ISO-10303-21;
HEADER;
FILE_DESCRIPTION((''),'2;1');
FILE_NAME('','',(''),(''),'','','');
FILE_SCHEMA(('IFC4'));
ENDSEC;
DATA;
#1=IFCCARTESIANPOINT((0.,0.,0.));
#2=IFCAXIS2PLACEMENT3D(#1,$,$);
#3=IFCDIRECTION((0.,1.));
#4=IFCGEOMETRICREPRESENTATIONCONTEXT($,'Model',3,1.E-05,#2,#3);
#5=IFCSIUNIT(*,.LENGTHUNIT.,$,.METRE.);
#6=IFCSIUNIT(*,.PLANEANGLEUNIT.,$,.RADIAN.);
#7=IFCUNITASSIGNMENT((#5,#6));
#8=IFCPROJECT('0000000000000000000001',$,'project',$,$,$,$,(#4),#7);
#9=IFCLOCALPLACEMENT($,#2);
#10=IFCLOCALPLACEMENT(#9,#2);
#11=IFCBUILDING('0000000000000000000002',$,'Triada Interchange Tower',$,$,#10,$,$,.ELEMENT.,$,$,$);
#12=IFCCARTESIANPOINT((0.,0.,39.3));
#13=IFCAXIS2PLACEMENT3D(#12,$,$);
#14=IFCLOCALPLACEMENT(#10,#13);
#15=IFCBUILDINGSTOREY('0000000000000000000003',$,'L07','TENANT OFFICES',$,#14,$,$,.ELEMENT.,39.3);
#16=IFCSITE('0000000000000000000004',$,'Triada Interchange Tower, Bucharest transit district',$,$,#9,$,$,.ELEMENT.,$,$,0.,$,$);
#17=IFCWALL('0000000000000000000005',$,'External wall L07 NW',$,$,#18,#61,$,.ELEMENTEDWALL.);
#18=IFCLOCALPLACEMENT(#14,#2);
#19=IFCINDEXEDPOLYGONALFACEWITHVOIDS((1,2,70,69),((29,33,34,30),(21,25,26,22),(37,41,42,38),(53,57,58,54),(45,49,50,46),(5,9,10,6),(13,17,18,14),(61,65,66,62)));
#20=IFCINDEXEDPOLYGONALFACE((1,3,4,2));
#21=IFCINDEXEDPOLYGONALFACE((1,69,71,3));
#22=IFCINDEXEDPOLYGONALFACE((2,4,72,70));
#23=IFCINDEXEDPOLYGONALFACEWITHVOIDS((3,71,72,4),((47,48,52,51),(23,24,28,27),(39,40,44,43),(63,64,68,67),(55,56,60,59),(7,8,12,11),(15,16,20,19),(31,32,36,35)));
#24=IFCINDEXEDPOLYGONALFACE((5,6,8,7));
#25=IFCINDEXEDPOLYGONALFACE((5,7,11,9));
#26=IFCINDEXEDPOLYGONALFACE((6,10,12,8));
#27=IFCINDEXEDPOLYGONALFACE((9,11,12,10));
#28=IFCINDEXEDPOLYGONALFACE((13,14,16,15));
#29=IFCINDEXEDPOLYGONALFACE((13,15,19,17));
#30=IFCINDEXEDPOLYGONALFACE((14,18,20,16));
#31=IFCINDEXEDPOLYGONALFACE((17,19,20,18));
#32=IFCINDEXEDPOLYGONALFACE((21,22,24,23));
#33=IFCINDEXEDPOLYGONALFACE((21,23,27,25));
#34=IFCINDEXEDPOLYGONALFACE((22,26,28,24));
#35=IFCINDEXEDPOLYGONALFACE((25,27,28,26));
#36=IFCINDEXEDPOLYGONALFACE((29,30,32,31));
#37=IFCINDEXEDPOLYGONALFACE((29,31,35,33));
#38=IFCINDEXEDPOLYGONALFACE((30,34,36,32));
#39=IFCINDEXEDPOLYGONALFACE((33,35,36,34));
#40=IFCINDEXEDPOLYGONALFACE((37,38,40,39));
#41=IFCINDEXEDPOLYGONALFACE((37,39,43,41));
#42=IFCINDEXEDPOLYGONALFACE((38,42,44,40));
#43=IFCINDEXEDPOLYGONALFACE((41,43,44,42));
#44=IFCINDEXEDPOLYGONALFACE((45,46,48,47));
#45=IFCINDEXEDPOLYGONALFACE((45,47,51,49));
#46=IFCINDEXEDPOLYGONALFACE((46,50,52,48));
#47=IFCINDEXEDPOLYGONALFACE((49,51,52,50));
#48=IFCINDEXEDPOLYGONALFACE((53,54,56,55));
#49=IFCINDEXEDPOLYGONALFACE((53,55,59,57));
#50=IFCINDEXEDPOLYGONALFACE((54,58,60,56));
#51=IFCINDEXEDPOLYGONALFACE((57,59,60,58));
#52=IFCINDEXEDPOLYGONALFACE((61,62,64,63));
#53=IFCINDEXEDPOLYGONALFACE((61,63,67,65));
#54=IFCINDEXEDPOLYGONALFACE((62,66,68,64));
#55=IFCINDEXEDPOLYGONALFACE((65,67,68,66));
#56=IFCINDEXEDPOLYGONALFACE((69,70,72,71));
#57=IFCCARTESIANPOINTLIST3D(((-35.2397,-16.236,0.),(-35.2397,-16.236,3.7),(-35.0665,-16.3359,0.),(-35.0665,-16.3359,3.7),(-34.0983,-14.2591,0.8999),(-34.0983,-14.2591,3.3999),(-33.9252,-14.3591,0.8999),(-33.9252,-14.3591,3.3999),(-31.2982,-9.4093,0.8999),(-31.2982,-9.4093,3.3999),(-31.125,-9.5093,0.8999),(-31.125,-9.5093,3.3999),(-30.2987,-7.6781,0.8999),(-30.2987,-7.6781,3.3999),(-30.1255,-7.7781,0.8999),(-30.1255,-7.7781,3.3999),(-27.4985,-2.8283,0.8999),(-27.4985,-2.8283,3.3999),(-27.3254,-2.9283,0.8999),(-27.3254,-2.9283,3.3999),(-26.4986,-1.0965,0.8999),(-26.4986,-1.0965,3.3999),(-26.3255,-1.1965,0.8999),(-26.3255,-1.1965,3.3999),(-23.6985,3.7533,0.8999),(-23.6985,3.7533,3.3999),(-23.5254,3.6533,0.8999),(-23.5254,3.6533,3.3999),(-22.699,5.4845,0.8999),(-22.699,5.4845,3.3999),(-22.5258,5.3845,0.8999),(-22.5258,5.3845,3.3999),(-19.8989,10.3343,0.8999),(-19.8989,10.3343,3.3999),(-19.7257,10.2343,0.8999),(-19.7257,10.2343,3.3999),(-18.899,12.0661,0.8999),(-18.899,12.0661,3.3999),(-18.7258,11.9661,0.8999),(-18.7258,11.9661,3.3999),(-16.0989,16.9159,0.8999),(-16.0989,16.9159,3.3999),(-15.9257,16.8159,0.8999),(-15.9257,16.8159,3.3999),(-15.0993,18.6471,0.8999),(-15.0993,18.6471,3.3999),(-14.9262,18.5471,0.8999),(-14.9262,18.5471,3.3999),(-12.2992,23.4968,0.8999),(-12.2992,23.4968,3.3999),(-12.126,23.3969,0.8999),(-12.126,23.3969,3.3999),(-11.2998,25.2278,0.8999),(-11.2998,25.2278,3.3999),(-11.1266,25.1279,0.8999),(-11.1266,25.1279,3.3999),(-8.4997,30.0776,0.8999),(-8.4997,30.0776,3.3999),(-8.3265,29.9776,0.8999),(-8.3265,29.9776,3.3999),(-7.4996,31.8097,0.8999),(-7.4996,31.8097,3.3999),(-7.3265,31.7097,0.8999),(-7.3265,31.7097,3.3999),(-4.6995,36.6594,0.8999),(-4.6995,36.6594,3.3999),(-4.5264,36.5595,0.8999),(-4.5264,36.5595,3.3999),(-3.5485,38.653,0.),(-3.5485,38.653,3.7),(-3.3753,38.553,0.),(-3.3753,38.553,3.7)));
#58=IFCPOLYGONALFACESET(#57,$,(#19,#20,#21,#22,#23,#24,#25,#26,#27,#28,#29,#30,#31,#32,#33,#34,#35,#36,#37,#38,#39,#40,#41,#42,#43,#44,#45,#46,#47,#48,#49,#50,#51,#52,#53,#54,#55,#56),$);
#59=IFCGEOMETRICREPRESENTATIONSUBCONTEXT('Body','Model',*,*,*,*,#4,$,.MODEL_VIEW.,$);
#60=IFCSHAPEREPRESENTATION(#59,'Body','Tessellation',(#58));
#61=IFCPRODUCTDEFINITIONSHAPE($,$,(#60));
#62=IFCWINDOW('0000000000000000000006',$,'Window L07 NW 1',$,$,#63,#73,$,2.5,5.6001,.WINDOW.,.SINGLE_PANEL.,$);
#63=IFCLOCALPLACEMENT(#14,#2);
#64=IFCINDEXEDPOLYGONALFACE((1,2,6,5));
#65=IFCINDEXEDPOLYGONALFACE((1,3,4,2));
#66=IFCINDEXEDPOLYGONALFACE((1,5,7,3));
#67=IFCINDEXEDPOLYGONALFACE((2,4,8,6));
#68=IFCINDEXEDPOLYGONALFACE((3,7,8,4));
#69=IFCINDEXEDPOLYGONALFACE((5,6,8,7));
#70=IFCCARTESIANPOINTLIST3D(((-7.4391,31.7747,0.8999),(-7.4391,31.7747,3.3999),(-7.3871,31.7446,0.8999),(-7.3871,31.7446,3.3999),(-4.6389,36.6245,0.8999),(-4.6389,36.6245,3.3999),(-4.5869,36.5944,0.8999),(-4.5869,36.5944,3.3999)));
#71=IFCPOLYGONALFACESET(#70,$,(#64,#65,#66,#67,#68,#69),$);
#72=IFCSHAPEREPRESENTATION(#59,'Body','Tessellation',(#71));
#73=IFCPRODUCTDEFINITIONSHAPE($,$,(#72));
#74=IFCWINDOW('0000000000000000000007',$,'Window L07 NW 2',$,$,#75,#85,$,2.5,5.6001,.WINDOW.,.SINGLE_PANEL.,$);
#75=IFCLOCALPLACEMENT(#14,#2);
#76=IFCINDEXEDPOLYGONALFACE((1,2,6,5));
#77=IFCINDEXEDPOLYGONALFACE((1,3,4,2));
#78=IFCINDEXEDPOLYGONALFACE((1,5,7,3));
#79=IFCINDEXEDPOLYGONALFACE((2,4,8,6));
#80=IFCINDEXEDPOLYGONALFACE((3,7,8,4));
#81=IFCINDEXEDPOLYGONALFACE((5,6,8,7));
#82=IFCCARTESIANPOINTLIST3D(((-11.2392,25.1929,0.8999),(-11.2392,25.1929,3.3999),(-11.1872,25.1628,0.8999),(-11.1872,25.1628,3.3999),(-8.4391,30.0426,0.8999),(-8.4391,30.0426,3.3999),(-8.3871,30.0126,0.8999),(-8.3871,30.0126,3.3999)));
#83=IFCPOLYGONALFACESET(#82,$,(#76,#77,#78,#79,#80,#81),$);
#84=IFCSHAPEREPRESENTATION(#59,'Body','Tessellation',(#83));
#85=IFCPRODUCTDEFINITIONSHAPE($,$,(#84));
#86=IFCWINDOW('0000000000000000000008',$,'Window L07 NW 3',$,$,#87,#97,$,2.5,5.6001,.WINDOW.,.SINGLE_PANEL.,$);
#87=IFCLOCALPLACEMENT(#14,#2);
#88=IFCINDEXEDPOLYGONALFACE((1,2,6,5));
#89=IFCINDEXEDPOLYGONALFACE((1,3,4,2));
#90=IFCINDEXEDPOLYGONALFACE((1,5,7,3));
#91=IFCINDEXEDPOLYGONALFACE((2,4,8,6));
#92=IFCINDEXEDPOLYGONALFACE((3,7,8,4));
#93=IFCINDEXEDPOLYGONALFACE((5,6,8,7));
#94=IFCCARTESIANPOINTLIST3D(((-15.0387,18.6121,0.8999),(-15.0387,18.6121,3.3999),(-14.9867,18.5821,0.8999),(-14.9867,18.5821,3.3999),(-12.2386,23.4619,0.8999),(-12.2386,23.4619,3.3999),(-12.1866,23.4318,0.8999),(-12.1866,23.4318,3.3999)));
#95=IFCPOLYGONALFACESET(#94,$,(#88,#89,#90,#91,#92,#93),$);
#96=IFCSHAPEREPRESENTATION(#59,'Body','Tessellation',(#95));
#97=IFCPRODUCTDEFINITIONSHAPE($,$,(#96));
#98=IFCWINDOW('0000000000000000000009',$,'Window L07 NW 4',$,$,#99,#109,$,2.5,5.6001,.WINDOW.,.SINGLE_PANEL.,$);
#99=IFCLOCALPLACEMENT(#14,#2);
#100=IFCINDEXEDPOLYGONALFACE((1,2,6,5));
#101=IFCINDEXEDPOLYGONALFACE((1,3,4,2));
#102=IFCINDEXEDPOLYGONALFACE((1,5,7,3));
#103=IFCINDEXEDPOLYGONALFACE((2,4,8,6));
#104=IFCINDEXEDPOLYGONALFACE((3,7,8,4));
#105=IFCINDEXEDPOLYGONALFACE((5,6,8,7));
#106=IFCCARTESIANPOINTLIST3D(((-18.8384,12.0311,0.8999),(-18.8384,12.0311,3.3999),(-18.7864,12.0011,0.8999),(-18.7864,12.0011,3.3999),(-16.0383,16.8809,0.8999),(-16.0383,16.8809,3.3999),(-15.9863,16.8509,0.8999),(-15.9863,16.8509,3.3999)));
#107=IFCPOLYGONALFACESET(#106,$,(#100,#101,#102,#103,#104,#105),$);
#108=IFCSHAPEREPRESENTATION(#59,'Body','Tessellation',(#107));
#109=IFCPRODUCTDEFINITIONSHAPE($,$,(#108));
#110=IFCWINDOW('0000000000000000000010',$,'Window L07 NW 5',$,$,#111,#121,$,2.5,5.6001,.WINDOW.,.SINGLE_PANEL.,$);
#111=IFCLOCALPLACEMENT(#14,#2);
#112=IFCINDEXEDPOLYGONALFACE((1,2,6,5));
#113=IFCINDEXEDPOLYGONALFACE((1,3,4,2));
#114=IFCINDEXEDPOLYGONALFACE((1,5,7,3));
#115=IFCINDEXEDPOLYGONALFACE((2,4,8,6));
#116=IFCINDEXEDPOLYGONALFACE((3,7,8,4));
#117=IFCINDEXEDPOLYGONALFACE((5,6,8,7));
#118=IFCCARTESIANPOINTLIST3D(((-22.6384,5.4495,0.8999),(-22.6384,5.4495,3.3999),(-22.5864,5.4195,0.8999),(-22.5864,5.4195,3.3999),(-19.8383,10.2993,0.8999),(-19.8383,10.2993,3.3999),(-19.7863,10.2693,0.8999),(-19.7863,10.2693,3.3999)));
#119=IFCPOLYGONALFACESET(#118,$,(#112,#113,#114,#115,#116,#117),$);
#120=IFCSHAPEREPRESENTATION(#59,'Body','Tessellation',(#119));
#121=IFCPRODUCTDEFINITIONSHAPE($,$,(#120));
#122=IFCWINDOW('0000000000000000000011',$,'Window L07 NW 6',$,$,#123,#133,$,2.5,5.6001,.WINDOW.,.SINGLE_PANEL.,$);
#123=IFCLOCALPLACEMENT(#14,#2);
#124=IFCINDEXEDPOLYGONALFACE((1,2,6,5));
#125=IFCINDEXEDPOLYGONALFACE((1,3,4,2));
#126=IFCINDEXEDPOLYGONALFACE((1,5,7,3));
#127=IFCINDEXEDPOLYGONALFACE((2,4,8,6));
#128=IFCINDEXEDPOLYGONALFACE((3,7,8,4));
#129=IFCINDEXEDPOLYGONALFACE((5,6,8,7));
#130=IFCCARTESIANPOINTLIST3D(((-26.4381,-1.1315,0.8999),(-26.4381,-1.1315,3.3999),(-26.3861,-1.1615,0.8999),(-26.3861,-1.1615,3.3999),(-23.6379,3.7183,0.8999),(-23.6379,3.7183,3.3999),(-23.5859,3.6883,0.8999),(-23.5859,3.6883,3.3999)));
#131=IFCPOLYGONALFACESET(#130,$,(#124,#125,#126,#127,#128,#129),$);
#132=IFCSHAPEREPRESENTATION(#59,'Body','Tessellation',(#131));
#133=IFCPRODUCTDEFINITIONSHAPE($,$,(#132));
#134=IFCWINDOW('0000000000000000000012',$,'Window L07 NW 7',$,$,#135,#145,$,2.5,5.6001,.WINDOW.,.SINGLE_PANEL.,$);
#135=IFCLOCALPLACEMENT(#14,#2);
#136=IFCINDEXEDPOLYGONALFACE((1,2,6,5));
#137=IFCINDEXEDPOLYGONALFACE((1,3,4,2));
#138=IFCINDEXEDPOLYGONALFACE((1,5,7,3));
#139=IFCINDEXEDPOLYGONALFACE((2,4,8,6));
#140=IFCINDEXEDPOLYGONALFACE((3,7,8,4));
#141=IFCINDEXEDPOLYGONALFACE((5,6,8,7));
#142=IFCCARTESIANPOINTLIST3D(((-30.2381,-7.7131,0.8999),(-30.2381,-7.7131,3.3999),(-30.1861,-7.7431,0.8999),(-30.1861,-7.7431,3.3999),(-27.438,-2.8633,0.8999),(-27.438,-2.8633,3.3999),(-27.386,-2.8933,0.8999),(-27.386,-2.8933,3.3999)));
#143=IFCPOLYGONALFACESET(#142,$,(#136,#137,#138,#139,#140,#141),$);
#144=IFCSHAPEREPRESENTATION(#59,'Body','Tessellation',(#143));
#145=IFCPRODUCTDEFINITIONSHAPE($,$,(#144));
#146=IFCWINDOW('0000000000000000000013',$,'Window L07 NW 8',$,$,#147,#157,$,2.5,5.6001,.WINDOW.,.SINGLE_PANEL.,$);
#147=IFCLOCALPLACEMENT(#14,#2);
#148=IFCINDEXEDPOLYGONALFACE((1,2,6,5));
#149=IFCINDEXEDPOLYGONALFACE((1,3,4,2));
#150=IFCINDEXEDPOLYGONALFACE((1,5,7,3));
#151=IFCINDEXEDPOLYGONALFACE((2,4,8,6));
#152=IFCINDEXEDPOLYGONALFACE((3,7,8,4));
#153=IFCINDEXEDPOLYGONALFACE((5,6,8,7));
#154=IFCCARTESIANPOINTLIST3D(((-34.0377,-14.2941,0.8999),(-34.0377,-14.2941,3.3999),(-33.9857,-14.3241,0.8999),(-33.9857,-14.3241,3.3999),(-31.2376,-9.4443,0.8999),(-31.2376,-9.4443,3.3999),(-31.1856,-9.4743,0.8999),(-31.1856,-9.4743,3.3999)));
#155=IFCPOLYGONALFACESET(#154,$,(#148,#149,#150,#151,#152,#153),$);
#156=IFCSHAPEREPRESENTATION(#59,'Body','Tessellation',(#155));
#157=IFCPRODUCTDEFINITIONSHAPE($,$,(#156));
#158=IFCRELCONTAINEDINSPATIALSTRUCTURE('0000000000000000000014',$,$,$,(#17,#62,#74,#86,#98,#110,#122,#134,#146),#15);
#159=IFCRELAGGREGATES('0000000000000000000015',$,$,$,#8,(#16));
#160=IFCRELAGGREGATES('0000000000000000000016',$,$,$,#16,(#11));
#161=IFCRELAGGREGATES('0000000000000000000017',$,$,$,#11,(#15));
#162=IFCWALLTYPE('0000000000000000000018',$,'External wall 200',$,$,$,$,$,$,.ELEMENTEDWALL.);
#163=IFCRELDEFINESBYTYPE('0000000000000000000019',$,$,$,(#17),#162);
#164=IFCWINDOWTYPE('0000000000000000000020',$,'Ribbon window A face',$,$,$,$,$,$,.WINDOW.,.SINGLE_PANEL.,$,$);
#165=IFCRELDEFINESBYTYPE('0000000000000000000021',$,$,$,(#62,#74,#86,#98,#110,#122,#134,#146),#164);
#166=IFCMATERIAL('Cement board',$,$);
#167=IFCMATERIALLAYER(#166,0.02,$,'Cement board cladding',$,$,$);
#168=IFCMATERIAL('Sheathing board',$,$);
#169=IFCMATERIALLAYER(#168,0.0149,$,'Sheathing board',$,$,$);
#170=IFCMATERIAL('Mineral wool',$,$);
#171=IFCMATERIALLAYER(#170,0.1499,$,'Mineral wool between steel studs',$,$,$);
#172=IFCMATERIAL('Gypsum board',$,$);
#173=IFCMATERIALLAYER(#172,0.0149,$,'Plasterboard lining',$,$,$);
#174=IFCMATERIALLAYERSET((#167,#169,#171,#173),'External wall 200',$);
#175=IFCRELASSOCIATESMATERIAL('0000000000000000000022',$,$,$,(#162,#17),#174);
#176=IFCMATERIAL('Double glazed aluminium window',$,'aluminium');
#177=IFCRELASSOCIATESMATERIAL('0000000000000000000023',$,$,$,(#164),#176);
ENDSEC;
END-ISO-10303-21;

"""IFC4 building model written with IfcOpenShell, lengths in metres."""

from ifc_helpers import new_model, si_unit, direction, frame, frame_2d, origin, place, context, subcontext, project, spatial, rectangle, extrude, material, layer, layer_set, layer_usage, type_object, element, fill, save


model = new_model("IFC4")

# Units and contexts
model_context = context("Model", 3, precision=1e-05, world=origin(), true_north=direction((0.0, 1.0)))
body_context = subcontext(model_context, "Body", "Model", "MODEL_VIEW")
ifc_project = project(units=[si_unit("LENGTHUNIT", "METRE"), si_unit("PLANEANGLEUNIT", "RADIAN")], contexts=[model_context])

# Site, building, storey
site_placement = place(None, origin())
site = spatial("IfcSite", under=ifc_project, at=site_placement, Name="Triada Interchange Tower, Bucharest transit district", CompositionType="ELEMENT", RefElevation=0.0)
building_placement = place(site_placement, origin())
building = spatial("IfcBuilding", under=site, at=building_placement, Name="Triada Interchange Tower", CompositionType="ELEMENT")
storey_placement = place(building_placement, frame((0.0, 0.0, 39.3)))
storey = spatial("IfcBuildingStorey", under=building, at=storey_placement, Name="L07", Description="TENANT OFFICES", CompositionType="ELEMENT", Elevation=39.3)

# Wall, openings, windows
ifc_material_1 = material(Name="Cement board")
ifc_layer_1 = layer(ifc_material_1, 0.02, Name="Cement board cladding")
ifc_material_2 = material(Name="Sheathing board")
ifc_layer_2 = layer(ifc_material_2, 0.0149, Name="Sheathing board")
ifc_material_3 = material(Name="Mineral wool")
ifc_layer_3 = layer(ifc_material_3, 0.1499, Name="Mineral wool between steel studs")
ifc_material_4 = material(Name="Gypsum board")
ifc_layer_4 = layer(ifc_material_4, 0.0149, Name="Plasterboard lining")
ifc_layer_set_1 = layer_set([ifc_layer_1, ifc_layer_2, ifc_layer_3, ifc_layer_4], Name="External wall 200")
ifc_layer_usage = layer_usage(ifc_layer_set_1, "AXIS2", "POSITIVE", -0.1001)
wall_type_1 = type_object("IfcWallType", Name="External wall 200", PredefinedType="ELEMENTEDWALL", material=ifc_layer_set_1)
wall_1_placement = place(storey_placement, frame((-3.4619, 38.603, 0.0), z_axis=(0.0, 0.0, 1.0), x_axis=(-0.500012, -0.866018, 0.0)))
wall_1 = element("IfcWall", 1, at=wall_1_placement, inside=storey, type_object=wall_type_1, material=ifc_layer_usage, Name="External wall L07 NW", PredefinedType="ELEMENTEDWALL", context=body_context, shape_type="SweptSolid", body=[
    extrude(rectangle(XDim=63.3809, YDim=0.2, at=frame_2d((31.6904, 0.0))), origin(), (0.0, 0.0, 1.0), 3.7),
])
opening_1_placement = place(wall_1_placement, frame((2.302, 0.0, 0.8999)))
opening_1 = element("IfcOpeningElement", 2, at=opening_1_placement, cuts=wall_1, PredefinedType="OPENING", context=body_context, shape_type="SweptSolid", body=[
    extrude(rectangle(XDim=5.6001, YDim=2.5, at=frame_2d((2.8, 1.25))), frame((0.0, 0.1099, 0.0), z_axis=(0.0, -1.0, 0.0), x_axis=(1.0, 0.0, 0.0)), (0.0, 0.0, 1.0), 0.22),
])
opening_2_placement = place(wall_1_placement, frame((9.9021, 0.0, 0.8999)))
opening_2 = element("IfcOpeningElement", 3, at=opening_2_placement, cuts=wall_1, PredefinedType="OPENING", context=body_context, shape_type="SweptSolid", body=[
    extrude(rectangle(XDim=5.6001, YDim=2.5, at=frame_2d((2.8, 1.25))), frame((0.0, 0.1099, 0.0), z_axis=(0.0, -1.0, 0.0), x_axis=(1.0, 0.0, 0.0)), (0.0, 0.0, 1.0), 0.22),
])
opening_3_placement = place(wall_1_placement, frame((17.501, 0.0, 0.8999)))
opening_3 = element("IfcOpeningElement", 4, at=opening_3_placement, cuts=wall_1, PredefinedType="OPENING", context=body_context, shape_type="SweptSolid", body=[
    extrude(rectangle(XDim=5.6001, YDim=2.5, at=frame_2d((2.8, 1.25))), frame((0.0, 0.1099, 0.0), z_axis=(0.0, -1.0, 0.0), x_axis=(1.0, 0.0, 0.0)), (0.0, 0.0, 1.0), 0.22),
])
opening_4_placement = place(wall_1_placement, frame((25.1001, 0.0, 0.8999)))
opening_4 = element("IfcOpeningElement", 5, at=opening_4_placement, cuts=wall_1, PredefinedType="OPENING", context=body_context, shape_type="SweptSolid", body=[
    extrude(rectangle(XDim=5.6001, YDim=2.5, at=frame_2d((2.8, 1.25))), frame((0.0, 0.1099, 0.0), z_axis=(0.0, -1.0, 0.0), x_axis=(1.0, 0.0, 0.0)), (0.0, 0.0, 1.0), 0.22),
])
opening_5_placement = place(wall_1_placement, frame((32.7, 0.0, 0.8999)))
opening_5 = element("IfcOpeningElement", 6, at=opening_5_placement, cuts=wall_1, PredefinedType="OPENING", context=body_context, shape_type="SweptSolid", body=[
    extrude(rectangle(XDim=5.6001, YDim=2.5, at=frame_2d((2.8, 1.25))), frame((0.0, 0.1099, 0.0), z_axis=(0.0, -1.0, 0.0), x_axis=(1.0, 0.0, 0.0)), (0.0, 0.0, 1.0), 0.22),
])
opening_6_placement = place(wall_1_placement, frame((40.2991, 0.0, 0.8999)))
opening_6 = element("IfcOpeningElement", 7, at=opening_6_placement, cuts=wall_1, PredefinedType="OPENING", context=body_context, shape_type="SweptSolid", body=[
    extrude(rectangle(XDim=5.6001, YDim=2.5, at=frame_2d((2.8, 1.25))), frame((0.0, 0.1099, 0.0), z_axis=(0.0, -1.0, 0.0), x_axis=(1.0, 0.0, 0.0)), (0.0, 0.0, 1.0), 0.22),
])
opening_7_placement = place(wall_1_placement, frame((47.8989, 0.0, 0.8999)))
opening_7 = element("IfcOpeningElement", 8, at=opening_7_placement, cuts=wall_1, PredefinedType="OPENING", context=body_context, shape_type="SweptSolid", body=[
    extrude(rectangle(XDim=5.6001, YDim=2.5, at=frame_2d((2.8, 1.25))), frame((0.0, 0.1099, 0.0), z_axis=(0.0, -1.0, 0.0), x_axis=(1.0, 0.0, 0.0)), (0.0, 0.0, 1.0), 0.22),
])
opening_8_placement = place(wall_1_placement, frame((55.498, 0.0, 0.8999)))
opening_8 = element("IfcOpeningElement", 9, at=opening_8_placement, cuts=wall_1, PredefinedType="OPENING", context=body_context, shape_type="SweptSolid", body=[
    extrude(rectangle(XDim=5.6001, YDim=2.5, at=frame_2d((2.8, 1.25))), frame((0.0, 0.1099, 0.0), z_axis=(0.0, -1.0, 0.0), x_axis=(1.0, 0.0, 0.0)), (0.0, 0.0, 1.0), 0.22),
])
ifc_material_5 = material(Name="Double glazed aluminium window", Category="aluminium")
window_type = type_object("IfcWindowType", Name="Ribbon window A face", PartitioningType="SINGLE_PANEL", PredefinedType="WINDOW", material=ifc_material_5)
window_1_placement = place(opening_1_placement, origin())
window_1 = element("IfcWindow", 10, at=window_1_placement, inside=storey, type_object=window_type, Name="Window L07 NW 1", OverallHeight=2.5, OverallWidth=5.6001, PartitioningType="SINGLE_PANEL", PredefinedType="WINDOW", context=body_context, shape_type="SweptSolid", body=[
    extrude(rectangle(XDim=5.6001, YDim=2.5, at=frame_2d((2.8, 1.25))), frame((0.0, 0.03, 0.0), z_axis=(0.0, -1.0, 0.0), x_axis=(1.0, 0.0, 0.0)), (0.0, 0.0, 1.0), 0.0601),
])
fill(opening_1, window_1)
window_2_placement = place(opening_2_placement, origin())
window_2 = element("IfcWindow", 11, at=window_2_placement, inside=storey, type_object=window_type, Name="Window L07 NW 2", OverallHeight=2.5, OverallWidth=5.6001, PartitioningType="SINGLE_PANEL", PredefinedType="WINDOW", context=body_context, shape_type="SweptSolid", body=[
    extrude(rectangle(XDim=5.6001, YDim=2.5, at=frame_2d((2.8, 1.25))), frame((0.0, 0.03, 0.0), z_axis=(0.0, -1.0, 0.0), x_axis=(1.0, 0.0, 0.0)), (0.0, 0.0, 1.0), 0.0601),
])
fill(opening_2, window_2)
window_3_placement = place(opening_3_placement, origin())
window_3 = element("IfcWindow", 12, at=window_3_placement, inside=storey, type_object=window_type, Name="Window L07 NW 3", OverallHeight=2.5, OverallWidth=5.6001, PartitioningType="SINGLE_PANEL", PredefinedType="WINDOW", context=body_context, shape_type="SweptSolid", body=[
    extrude(rectangle(XDim=5.6001, YDim=2.5, at=frame_2d((2.8, 1.25))), frame((0.0, 0.03, 0.0), z_axis=(0.0, -1.0, 0.0), x_axis=(1.0, 0.0, 0.0)), (0.0, 0.0, 1.0), 0.0601),
])
fill(opening_3, window_3)
window_4_placement = place(opening_4_placement, origin())
window_4 = element("IfcWindow", 13, at=window_4_placement, inside=storey, type_object=window_type, Name="Window L07 NW 4", OverallHeight=2.5, OverallWidth=5.6001, PartitioningType="SINGLE_PANEL", PredefinedType="WINDOW", context=body_context, shape_type="SweptSolid", body=[
    extrude(rectangle(XDim=5.6001, YDim=2.5, at=frame_2d((2.8, 1.25))), frame((0.0, 0.03, 0.0), z_axis=(0.0, -1.0, 0.0), x_axis=(1.0, 0.0, 0.0)), (0.0, 0.0, 1.0), 0.0601),
])
fill(opening_4, window_4)
window_5_placement = place(opening_5_placement, origin())
window_5 = element("IfcWindow", 14, at=window_5_placement, inside=storey, type_object=window_type, Name="Window L07 NW 5", OverallHeight=2.5, OverallWidth=5.6001, PartitioningType="SINGLE_PANEL", PredefinedType="WINDOW", context=body_context, shape_type="SweptSolid", body=[
    extrude(rectangle(XDim=5.6001, YDim=2.5, at=frame_2d((2.8, 1.25))), frame((0.0, 0.03, 0.0), z_axis=(0.0, -1.0, 0.0), x_axis=(1.0, 0.0, 0.0)), (0.0, 0.0, 1.0), 0.0601),
])
fill(opening_5, window_5)
window_6_placement = place(opening_6_placement, origin())
window_6 = element("IfcWindow", 15, at=window_6_placement, inside=storey, type_object=window_type, Name="Window L07 NW 6", OverallHeight=2.5, OverallWidth=5.6001, PartitioningType="SINGLE_PANEL", PredefinedType="WINDOW", context=body_context, shape_type="SweptSolid", body=[
    extrude(rectangle(XDim=5.6001, YDim=2.5, at=frame_2d((2.8, 1.25))), frame((0.0, 0.03, 0.0), z_axis=(0.0, -1.0, 0.0), x_axis=(1.0, 0.0, 0.0)), (0.0, 0.0, 1.0), 0.0601),
])
fill(opening_6, window_6)
window_7_placement = place(opening_7_placement, origin())
window_7 = element("IfcWindow", 16, at=window_7_placement, inside=storey, type_object=window_type, Name="Window L07 NW 7", OverallHeight=2.5, OverallWidth=5.6001, PartitioningType="SINGLE_PANEL", PredefinedType="WINDOW", context=body_context, shape_type="SweptSolid", body=[
    extrude(rectangle(XDim=5.6001, YDim=2.5, at=frame_2d((2.8, 1.25))), frame((0.0, 0.03, 0.0), z_axis=(0.0, -1.0, 0.0), x_axis=(1.0, 0.0, 0.0)), (0.0, 0.0, 1.0), 0.0601),
])
fill(opening_7, window_7)
window_8_placement = place(opening_8_placement, origin())
window_8 = element("IfcWindow", 17, at=window_8_placement, inside=storey, type_object=window_type, Name="Window L07 NW 8", OverallHeight=2.5, OverallWidth=5.6001, PartitioningType="SINGLE_PANEL", PredefinedType="WINDOW", context=body_context, shape_type="SweptSolid", body=[
    extrude(rectangle(XDim=5.6001, YDim=2.5, at=frame_2d((2.8, 1.25))), frame((0.0, 0.03, 0.0), z_axis=(0.0, -1.0, 0.0), x_axis=(1.0, 0.0, 0.0)), (0.0, 0.0, 1.0), 0.0601),
])
fill(opening_8, window_8)

save(model, "model.ifc")
